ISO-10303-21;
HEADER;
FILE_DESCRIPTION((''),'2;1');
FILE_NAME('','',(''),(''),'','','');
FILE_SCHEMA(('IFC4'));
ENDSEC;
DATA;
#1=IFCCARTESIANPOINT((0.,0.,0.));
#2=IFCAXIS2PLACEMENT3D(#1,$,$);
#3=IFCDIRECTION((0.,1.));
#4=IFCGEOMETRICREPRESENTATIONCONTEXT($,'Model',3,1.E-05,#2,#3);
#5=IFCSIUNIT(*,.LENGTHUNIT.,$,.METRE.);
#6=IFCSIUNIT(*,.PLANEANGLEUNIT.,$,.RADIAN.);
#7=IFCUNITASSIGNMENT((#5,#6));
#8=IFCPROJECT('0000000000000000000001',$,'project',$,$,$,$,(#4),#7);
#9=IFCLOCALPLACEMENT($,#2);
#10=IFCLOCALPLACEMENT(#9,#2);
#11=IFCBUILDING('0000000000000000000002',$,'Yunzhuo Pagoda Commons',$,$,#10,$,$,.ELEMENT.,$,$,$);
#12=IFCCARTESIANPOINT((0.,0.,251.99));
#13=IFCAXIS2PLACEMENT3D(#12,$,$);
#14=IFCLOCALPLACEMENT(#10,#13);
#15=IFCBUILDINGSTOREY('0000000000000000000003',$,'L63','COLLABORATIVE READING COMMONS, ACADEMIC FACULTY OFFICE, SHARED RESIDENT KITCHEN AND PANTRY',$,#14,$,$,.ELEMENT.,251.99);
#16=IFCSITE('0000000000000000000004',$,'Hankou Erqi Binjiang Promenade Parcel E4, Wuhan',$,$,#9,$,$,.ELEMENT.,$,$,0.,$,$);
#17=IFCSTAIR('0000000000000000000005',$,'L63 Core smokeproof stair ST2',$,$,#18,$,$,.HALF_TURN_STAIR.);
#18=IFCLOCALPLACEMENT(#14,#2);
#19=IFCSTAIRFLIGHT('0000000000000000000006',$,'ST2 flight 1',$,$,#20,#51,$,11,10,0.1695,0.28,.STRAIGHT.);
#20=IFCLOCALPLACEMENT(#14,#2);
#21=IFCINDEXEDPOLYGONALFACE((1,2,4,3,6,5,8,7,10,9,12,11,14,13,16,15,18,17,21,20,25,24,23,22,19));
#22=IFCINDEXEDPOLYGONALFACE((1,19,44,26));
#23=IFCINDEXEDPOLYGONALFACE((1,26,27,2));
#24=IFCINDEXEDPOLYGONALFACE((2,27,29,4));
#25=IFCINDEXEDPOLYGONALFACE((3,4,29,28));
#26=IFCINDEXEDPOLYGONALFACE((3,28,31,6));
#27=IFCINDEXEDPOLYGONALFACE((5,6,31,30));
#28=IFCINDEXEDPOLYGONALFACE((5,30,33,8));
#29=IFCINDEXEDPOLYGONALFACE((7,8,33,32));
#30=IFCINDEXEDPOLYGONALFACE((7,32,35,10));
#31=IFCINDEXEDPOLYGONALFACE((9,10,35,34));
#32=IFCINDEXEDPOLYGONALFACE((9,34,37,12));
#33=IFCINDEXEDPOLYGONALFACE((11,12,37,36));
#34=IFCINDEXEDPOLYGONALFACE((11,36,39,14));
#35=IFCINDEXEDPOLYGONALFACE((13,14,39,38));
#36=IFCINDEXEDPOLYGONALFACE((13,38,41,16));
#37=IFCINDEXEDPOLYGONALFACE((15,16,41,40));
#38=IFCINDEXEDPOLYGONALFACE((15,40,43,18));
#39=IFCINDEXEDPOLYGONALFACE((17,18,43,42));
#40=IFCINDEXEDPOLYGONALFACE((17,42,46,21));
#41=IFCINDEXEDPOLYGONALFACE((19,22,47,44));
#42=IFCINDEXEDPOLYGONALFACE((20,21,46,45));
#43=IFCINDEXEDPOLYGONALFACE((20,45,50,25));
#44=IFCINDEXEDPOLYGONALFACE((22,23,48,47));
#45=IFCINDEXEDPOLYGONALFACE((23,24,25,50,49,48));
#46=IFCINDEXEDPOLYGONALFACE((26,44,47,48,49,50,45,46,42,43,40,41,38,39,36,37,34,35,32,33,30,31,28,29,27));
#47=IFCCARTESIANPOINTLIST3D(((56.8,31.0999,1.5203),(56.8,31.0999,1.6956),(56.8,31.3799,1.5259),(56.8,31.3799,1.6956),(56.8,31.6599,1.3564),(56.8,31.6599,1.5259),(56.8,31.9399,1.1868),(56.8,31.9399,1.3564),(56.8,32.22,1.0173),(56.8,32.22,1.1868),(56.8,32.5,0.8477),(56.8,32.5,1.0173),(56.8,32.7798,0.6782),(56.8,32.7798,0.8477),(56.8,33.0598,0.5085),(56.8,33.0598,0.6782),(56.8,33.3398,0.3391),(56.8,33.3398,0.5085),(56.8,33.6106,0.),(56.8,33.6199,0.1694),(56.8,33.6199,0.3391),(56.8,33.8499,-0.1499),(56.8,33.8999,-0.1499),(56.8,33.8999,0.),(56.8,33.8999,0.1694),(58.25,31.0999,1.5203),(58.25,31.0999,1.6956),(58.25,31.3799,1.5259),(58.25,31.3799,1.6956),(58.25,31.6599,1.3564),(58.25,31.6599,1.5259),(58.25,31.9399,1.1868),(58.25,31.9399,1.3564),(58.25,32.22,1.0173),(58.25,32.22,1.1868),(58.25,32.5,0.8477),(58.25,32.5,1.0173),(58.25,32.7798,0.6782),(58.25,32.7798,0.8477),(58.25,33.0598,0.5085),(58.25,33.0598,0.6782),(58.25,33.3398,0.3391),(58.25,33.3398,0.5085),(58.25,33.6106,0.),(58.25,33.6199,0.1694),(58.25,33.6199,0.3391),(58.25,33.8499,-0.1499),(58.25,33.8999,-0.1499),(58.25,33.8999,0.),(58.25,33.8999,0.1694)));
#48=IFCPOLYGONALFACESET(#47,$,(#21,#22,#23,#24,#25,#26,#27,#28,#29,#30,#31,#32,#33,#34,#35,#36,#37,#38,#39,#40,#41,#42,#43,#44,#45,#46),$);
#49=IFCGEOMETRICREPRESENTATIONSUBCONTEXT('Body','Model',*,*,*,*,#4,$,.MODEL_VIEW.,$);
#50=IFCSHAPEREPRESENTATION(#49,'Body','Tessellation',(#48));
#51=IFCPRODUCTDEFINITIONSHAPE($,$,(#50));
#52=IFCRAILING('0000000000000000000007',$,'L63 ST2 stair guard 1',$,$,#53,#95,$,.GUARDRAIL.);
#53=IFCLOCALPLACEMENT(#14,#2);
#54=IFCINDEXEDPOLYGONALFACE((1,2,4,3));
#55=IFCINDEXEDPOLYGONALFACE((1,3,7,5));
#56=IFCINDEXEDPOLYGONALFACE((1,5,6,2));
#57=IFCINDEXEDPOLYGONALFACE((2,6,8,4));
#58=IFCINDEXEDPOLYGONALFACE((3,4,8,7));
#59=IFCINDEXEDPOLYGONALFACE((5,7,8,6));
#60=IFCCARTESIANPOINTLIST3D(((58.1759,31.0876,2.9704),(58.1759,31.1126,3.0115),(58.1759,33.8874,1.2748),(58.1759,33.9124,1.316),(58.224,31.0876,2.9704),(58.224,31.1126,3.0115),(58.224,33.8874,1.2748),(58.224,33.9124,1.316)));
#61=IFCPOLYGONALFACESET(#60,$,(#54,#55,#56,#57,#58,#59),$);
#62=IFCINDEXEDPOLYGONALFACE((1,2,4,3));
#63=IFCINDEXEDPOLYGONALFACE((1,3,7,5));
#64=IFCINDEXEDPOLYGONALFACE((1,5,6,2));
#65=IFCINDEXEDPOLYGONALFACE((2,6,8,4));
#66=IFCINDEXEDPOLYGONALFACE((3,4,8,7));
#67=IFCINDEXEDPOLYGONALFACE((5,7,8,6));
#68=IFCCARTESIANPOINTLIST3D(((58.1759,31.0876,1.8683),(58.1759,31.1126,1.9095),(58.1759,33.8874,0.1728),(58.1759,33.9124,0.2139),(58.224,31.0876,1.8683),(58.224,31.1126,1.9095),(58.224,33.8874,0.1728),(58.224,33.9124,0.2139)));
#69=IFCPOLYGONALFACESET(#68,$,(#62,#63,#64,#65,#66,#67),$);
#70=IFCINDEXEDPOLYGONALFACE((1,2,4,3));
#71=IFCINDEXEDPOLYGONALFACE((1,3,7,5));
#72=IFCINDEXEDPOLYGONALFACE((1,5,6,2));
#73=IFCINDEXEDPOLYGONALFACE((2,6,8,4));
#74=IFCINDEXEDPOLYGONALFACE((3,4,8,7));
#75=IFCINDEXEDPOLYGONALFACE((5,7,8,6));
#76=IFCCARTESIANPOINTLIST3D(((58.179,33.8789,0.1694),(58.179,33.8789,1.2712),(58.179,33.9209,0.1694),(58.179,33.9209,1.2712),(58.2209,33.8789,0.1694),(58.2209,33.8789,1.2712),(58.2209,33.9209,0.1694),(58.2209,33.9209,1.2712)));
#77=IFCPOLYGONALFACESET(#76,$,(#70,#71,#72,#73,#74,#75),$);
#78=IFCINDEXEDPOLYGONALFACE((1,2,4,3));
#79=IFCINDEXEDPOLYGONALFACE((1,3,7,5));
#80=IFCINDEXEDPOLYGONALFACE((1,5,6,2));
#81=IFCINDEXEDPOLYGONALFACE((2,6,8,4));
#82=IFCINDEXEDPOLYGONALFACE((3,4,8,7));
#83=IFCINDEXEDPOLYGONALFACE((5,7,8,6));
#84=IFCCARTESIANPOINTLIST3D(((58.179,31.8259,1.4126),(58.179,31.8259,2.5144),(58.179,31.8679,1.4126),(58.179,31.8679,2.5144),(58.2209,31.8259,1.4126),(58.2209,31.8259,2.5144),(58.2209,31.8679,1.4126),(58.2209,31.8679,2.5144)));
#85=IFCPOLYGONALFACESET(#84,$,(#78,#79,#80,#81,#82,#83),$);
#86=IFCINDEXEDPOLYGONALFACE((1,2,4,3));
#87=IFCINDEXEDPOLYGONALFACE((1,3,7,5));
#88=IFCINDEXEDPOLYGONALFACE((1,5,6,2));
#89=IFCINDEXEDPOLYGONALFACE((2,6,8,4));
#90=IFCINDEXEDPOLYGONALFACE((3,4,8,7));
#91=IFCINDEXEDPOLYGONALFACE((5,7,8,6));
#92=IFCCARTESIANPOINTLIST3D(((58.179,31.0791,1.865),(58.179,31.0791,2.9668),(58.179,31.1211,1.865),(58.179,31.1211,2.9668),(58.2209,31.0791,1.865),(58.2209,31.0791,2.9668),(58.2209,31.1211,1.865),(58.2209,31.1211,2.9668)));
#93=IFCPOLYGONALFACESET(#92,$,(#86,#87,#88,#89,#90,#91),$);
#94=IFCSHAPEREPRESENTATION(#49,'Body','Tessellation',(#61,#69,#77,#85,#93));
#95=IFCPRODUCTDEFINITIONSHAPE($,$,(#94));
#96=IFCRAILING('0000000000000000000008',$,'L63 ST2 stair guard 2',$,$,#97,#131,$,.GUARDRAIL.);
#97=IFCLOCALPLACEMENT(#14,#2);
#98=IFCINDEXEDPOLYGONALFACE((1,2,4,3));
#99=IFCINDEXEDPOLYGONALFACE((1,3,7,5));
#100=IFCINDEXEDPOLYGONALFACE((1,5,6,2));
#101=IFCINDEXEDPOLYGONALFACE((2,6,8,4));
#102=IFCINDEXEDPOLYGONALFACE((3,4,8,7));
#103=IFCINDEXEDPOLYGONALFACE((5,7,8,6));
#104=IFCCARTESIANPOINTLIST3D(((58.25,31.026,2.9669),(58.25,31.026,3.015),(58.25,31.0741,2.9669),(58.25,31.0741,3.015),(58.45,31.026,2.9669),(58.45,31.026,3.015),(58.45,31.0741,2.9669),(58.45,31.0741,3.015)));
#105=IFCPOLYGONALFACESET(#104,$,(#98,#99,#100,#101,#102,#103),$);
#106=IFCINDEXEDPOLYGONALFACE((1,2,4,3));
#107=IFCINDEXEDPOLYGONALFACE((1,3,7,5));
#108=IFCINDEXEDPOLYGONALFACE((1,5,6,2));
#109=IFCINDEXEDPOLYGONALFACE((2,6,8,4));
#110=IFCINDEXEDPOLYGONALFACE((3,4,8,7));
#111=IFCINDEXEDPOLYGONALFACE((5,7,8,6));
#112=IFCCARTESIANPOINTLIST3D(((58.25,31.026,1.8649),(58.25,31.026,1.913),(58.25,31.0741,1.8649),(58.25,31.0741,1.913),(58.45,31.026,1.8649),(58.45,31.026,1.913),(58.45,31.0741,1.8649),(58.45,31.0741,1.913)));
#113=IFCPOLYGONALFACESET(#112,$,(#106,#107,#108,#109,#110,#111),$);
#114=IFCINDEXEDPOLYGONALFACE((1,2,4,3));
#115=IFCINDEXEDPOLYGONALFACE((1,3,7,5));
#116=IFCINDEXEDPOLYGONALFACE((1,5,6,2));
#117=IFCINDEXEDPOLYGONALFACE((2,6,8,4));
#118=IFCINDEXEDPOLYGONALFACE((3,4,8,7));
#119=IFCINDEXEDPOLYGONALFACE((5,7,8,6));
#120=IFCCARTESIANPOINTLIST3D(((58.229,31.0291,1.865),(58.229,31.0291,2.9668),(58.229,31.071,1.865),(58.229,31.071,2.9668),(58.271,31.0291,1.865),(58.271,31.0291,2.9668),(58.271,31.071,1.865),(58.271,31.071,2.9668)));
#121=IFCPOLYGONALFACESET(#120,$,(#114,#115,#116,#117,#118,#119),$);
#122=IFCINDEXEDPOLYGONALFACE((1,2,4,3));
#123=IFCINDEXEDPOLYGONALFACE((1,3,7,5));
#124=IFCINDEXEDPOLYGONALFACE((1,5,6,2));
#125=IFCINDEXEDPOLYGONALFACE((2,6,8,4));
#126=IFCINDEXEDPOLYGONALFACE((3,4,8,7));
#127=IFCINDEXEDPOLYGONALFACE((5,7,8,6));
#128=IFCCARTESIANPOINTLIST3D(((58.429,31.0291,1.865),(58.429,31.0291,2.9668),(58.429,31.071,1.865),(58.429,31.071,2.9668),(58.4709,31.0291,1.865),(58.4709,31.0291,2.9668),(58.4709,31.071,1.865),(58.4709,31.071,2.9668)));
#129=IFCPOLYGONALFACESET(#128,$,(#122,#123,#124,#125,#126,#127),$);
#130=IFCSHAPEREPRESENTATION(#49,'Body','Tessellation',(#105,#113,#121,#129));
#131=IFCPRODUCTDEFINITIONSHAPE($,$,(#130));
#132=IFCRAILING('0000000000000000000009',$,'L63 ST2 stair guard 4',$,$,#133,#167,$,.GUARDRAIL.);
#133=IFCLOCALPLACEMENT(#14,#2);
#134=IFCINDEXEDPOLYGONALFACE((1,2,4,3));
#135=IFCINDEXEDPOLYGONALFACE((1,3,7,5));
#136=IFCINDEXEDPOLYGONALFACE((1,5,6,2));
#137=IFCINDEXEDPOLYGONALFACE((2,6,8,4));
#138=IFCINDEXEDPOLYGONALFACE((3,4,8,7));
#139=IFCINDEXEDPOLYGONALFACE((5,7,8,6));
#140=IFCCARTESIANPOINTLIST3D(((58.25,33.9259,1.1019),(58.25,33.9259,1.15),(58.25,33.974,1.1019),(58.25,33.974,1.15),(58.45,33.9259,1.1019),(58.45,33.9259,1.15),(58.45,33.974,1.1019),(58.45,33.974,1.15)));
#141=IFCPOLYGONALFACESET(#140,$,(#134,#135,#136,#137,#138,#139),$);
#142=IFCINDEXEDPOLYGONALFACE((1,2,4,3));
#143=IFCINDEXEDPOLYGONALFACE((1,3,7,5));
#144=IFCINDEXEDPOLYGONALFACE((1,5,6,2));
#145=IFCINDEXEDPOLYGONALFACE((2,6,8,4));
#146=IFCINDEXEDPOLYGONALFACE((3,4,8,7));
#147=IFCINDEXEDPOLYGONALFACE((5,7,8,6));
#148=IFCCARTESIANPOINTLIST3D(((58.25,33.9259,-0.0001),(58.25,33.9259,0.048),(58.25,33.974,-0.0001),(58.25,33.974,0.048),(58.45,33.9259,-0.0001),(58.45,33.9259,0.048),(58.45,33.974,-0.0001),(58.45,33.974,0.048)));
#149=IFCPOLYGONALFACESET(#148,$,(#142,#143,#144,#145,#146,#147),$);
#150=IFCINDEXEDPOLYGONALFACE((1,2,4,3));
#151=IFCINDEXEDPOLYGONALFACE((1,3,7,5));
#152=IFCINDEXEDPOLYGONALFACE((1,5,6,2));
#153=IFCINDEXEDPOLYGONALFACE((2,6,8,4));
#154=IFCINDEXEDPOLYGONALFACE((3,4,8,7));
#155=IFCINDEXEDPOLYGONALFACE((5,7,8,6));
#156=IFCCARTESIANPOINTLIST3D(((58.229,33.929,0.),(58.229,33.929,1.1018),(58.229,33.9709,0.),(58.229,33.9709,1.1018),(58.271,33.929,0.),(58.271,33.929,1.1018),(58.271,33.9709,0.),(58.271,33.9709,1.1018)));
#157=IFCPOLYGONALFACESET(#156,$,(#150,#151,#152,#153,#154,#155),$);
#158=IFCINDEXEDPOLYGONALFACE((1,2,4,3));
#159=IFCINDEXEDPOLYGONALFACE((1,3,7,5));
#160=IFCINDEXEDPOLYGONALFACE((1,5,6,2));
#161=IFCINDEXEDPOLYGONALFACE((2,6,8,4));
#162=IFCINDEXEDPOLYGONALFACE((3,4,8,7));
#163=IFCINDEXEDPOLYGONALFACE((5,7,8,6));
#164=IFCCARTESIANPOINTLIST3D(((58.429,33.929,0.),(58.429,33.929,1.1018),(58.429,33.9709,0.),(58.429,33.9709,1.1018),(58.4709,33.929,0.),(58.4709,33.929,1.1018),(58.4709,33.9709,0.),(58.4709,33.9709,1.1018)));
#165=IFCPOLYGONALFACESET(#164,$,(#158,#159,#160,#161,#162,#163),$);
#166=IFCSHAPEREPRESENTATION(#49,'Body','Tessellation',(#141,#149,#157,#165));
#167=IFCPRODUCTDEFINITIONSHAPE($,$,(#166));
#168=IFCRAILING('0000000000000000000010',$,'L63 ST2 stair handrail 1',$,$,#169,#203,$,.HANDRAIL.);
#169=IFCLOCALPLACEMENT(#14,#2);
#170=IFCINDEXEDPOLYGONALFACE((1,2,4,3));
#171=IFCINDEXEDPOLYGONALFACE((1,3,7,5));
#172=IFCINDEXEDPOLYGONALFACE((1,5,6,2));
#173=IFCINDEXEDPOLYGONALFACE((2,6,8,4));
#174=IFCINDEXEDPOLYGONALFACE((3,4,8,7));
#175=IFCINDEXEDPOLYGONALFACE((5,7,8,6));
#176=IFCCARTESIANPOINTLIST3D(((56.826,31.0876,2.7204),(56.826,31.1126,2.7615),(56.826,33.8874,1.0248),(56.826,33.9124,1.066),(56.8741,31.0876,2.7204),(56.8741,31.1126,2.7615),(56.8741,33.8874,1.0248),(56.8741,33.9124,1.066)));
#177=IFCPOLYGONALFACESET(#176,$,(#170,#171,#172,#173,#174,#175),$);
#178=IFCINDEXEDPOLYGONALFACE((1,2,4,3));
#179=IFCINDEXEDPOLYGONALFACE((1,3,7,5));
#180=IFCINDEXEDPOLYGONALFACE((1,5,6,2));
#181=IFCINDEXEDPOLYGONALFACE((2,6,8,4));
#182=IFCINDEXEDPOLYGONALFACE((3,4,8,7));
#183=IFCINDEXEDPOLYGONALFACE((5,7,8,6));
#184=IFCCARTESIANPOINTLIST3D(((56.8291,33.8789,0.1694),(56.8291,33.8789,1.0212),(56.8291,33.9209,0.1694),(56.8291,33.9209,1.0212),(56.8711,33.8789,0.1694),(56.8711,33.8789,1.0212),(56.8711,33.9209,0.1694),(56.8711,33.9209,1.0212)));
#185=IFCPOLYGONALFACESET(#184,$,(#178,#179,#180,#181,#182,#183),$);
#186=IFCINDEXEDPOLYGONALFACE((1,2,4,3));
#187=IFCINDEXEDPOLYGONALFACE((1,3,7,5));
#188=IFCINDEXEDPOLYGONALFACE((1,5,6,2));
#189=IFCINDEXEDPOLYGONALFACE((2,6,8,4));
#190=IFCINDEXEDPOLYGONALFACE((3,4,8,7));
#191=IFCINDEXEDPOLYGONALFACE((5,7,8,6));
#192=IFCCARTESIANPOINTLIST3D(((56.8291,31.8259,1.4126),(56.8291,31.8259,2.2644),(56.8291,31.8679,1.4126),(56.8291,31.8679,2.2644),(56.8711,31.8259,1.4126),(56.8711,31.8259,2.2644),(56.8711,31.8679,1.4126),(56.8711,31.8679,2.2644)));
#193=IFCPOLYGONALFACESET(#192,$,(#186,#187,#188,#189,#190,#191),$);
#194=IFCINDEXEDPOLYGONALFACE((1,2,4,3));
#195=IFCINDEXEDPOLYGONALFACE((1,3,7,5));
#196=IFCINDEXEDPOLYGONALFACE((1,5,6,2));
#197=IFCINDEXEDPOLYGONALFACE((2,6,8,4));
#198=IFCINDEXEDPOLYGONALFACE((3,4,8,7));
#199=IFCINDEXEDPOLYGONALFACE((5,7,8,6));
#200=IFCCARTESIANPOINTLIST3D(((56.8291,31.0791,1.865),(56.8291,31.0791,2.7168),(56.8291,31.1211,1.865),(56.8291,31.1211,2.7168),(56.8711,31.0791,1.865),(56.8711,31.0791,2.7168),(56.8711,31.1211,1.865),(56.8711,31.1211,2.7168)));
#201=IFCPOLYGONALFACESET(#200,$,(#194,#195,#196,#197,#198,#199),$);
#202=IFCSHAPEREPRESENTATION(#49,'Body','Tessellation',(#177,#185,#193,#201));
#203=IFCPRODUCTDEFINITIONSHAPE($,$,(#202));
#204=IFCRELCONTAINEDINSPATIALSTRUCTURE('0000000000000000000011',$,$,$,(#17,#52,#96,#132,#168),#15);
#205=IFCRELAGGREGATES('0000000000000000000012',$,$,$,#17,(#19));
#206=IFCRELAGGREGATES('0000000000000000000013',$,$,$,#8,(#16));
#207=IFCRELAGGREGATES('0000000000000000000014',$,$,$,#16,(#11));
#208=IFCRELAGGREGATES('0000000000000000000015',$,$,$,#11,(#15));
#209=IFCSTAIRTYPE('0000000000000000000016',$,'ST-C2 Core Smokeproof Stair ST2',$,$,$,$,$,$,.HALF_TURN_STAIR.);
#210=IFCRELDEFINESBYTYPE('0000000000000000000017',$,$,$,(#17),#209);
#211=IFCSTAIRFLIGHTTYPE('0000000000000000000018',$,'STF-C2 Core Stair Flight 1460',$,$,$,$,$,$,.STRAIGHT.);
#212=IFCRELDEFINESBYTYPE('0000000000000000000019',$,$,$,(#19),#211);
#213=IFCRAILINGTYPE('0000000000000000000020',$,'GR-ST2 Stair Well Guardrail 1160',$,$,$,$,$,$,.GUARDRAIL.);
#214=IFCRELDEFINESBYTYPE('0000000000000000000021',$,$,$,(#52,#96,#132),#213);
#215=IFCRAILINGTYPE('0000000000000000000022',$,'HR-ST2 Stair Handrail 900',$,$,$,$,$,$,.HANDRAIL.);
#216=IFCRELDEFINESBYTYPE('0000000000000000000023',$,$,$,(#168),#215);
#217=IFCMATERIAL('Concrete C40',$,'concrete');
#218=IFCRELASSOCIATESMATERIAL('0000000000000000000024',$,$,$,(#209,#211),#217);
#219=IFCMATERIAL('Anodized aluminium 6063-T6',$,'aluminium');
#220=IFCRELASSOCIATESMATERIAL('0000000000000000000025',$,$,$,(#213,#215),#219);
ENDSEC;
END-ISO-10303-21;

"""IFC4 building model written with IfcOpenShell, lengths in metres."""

from ifc_helpers import new_model, si_unit, direction, frame, origin, origin_2d, place, context, subcontext, project, spatial, polyline, rectangle, outline, extrude, source, transform, mapped, material, type_object, element, aggregate, save


model = new_model("IFC4")

# Units and contexts
model_context = context("Model", 3, precision=1e-05, world=origin(), true_north=direction((0.0, 1.0)))
body_context = subcontext(model_context, "Body", "Model", "MODEL_VIEW")
ifc_project = project(units=[si_unit("LENGTHUNIT", "METRE"), si_unit("PLANEANGLEUNIT", "RADIAN")], contexts=[model_context])

# Site, building, storey
site_placement = place(None, origin())
site = spatial("IfcSite", under=ifc_project, at=site_placement, Name="Hankou Erqi Binjiang Promenade Parcel E4, Wuhan", CompositionType="ELEMENT", RefElevation=0.0)
building_placement = place(site_placement, origin())
building = spatial("IfcBuilding", under=site, at=building_placement, Name="Yunzhuo Pagoda Commons", CompositionType="ELEMENT")
storey_placement = place(building_placement, frame((0.0, 0.0, 251.99)))
storey = spatial("IfcBuildingStorey", under=building, at=storey_placement, Name="L63", Description="COLLABORATIVE READING COMMONS, ACADEMIC FACULTY OFFICE, SHARED RESIDENT KITCHEN AND PANTRY", CompositionType="ELEMENT", Elevation=251.99)

# Shared definitions
ifc_material_1 = material(Name="Concrete C40", Category="concrete")

# Stair, stair flight
stair_type = type_object("IfcStairType", Name="ST-C2 Core Smokeproof Stair ST2", PredefinedType="HALF_TURN_STAIR", material=ifc_material_1)
stair_placement = place(storey_placement, origin())
stair = element("IfcStair", 1, at=stair_placement, inside=storey, type_object=stair_type, Name="L63 Core smokeproof stair ST2", PredefinedType="HALF_TURN_STAIR")
stair_flight_type = type_object("IfcStairFlightType", Name="STF-C2 Core Stair Flight 1460", PredefinedType="STRAIGHT", material=ifc_material_1)
shared_shape_1 = source(origin(), body_context, "Body", "SweptSolid", [
    extrude(outline(polyline([(0.0, -0.1499), (0.0, 0.0), (0.0, 0.1694), (0.28, 0.1694), (0.28, 0.3391), (0.5601, 0.3391), (0.5601, 0.5085), (0.8401, 0.5085), (0.8401, 0.6782), (1.1201, 0.6782), (1.1201, 0.8477), (1.3999, 0.8477), (1.3999, 1.0173), (1.6799, 1.0173), (1.6799, 1.1868), (1.96, 1.1868), (1.96, 1.3564), (2.24, 1.3564), (2.24, 1.5259), (2.52, 1.5259), (2.52, 1.6956), (2.8, 1.6956), (2.8, 1.865), (2.8, 1.5203), (0.2893, 0.0), (0.05, -0.1499), (0.0, -0.1499)])), frame((0.0, 0.7251, 0.0), z_axis=(0.0, -1.0, 0.0), x_axis=(1.0, 0.0, 0.0)), (0.0, 0.0, 1.0), 1.45),
])
stair_flight_placement = place(storey_placement, frame((57.5249, 33.8999, 0.0), z_axis=(0.0, 0.0, 1.0), x_axis=(0.0, -1.0, 0.0)))
stair_flight = element("IfcStairFlight", 2, at=stair_flight_placement, type_object=stair_flight_type, Name="ST2 flight 1", NumberOfRisers=11, NumberOfTreads=10, PredefinedType="STRAIGHT", RiserHeight=0.1695, TreadLength=0.28, context=body_context, shape_type="MappedRepresentation", body=[
    mapped(shared_shape_1, transform((0.0, 0.0, 0.0), scale=1.0)),
])
aggregate(stair, [stair_flight])

# Railings
ifc_material_2 = material(Name="Anodized aluminium 6063-T6", Category="aluminium")
railing_type_1 = type_object("IfcRailingType", Name="GR-ST2 Stair Well Guardrail 1160", PredefinedType="GUARDRAIL", material=ifc_material_2)
railing_1_placement = place(storey_placement, frame((58.2, 33.8999, 0.1694)))
element("IfcRailing", 3, at=railing_1_placement, inside=storey, type_object=railing_type_1, Name="L63 ST2 stair guard 1", PredefinedType="GUARDRAIL", context=body_context, shape_type="SweptSolid", body=[
    extrude(rectangle(XDim=0.0481, YDim=0.0481, at=origin_2d()), frame((0.0, 0.0, 1.126), z_axis=(0.0, -0.855373, 0.518012), x_axis=(1.0, 0.0, 0.0)), (0.0, 0.0, 1.0), 3.2732),
    extrude(rectangle(XDim=0.0481, YDim=0.0481, at=origin_2d()), frame((0.0, 0.0, 0.0239), z_axis=(0.0, -0.855373, 0.518012), x_axis=(1.0, 0.0, 0.0)), (0.0, 0.0, 1.0), 3.2732),
    extrude(rectangle(XDim=0.042, YDim=0.042, at=origin_2d()), origin(), (0.0, 0.0, 1.0), 1.1018),
    extrude(rectangle(XDim=0.042, YDim=0.042, at=origin_2d()), frame((0.0, -2.053, 1.2432)), (0.0, 0.0, 1.0), 1.1018),
    extrude(rectangle(XDim=0.042, YDim=0.042, at=origin_2d()), frame((0.0, -2.7998, 1.6956)), (0.0, 0.0, 1.0), 1.1018),
])
for number, where, name in (
    (4, (58.25, 31.05, 1.865), "L63 ST2 stair guard 2"),
    (5, (58.25, 33.95, 0.0), "L63 ST2 stair guard 4"),
):
    element("IfcRailing", number, at=place(storey_placement, frame(where)), inside=storey, type_object=railing_type_1, Name=name, PredefinedType="GUARDRAIL", context=body_context, shape_type="SweptSolid", body=[
        extrude(rectangle(XDim=0.0481, YDim=0.0481, at=origin_2d()), frame((0.0, 0.0, 1.126), z_axis=(1.0, 0.0, 0.0), x_axis=(0.0, 1.0, 0.0)), (0.0, 0.0, 1.0), 0.2),
        extrude(rectangle(XDim=0.0481, YDim=0.0481, at=origin_2d()), frame((0.0, 0.0, 0.0239), z_axis=(1.0, 0.0, 0.0), x_axis=(0.0, 1.0, 0.0)), (0.0, 0.0, 1.0), 0.2),
        extrude(rectangle(XDim=0.042, YDim=0.042, at=origin_2d()), origin(), (0.0, 0.0, 1.0), 1.1018),
        extrude(rectangle(XDim=0.042, YDim=0.042, at=origin_2d()), frame((0.2, 0.0, 0.0)), (0.0, 0.0, 1.0), 1.1018),
    ])
railing_type_2 = type_object("IfcRailingType", Name="HR-ST2 Stair Handrail 900", PredefinedType="HANDRAIL", material=ifc_material_2)
railing_2_placement = place(storey_placement, frame((56.8501, 33.8999, 0.1694)))
element("IfcRailing", 6, at=railing_2_placement, inside=storey, type_object=railing_type_2, Name="L63 ST2 stair handrail 1", PredefinedType="HANDRAIL", context=body_context, shape_type="SweptSolid", body=[
    extrude(rectangle(XDim=0.0481, YDim=0.0481, at=origin_2d()), frame((0.0, 0.0, 0.876), z_axis=(0.0, -0.855373, 0.518012), x_axis=(1.0, 0.0, 0.0)), (0.0, 0.0, 1.0), 3.2732),
    extrude(rectangle(XDim=0.042, YDim=0.042, at=origin_2d()), origin(), (0.0, 0.0, 1.0), 0.8518),
    extrude(rectangle(XDim=0.042, YDim=0.042, at=origin_2d()), frame((0.0, -2.053, 1.2432)), (0.0, 0.0, 1.0), 0.8518),
    extrude(rectangle(XDim=0.042, YDim=0.042, at=origin_2d()), frame((0.0, -2.7998, 1.6956)), (0.0, 0.0, 1.0), 0.8518),
])

save(model, "model.ifc")
